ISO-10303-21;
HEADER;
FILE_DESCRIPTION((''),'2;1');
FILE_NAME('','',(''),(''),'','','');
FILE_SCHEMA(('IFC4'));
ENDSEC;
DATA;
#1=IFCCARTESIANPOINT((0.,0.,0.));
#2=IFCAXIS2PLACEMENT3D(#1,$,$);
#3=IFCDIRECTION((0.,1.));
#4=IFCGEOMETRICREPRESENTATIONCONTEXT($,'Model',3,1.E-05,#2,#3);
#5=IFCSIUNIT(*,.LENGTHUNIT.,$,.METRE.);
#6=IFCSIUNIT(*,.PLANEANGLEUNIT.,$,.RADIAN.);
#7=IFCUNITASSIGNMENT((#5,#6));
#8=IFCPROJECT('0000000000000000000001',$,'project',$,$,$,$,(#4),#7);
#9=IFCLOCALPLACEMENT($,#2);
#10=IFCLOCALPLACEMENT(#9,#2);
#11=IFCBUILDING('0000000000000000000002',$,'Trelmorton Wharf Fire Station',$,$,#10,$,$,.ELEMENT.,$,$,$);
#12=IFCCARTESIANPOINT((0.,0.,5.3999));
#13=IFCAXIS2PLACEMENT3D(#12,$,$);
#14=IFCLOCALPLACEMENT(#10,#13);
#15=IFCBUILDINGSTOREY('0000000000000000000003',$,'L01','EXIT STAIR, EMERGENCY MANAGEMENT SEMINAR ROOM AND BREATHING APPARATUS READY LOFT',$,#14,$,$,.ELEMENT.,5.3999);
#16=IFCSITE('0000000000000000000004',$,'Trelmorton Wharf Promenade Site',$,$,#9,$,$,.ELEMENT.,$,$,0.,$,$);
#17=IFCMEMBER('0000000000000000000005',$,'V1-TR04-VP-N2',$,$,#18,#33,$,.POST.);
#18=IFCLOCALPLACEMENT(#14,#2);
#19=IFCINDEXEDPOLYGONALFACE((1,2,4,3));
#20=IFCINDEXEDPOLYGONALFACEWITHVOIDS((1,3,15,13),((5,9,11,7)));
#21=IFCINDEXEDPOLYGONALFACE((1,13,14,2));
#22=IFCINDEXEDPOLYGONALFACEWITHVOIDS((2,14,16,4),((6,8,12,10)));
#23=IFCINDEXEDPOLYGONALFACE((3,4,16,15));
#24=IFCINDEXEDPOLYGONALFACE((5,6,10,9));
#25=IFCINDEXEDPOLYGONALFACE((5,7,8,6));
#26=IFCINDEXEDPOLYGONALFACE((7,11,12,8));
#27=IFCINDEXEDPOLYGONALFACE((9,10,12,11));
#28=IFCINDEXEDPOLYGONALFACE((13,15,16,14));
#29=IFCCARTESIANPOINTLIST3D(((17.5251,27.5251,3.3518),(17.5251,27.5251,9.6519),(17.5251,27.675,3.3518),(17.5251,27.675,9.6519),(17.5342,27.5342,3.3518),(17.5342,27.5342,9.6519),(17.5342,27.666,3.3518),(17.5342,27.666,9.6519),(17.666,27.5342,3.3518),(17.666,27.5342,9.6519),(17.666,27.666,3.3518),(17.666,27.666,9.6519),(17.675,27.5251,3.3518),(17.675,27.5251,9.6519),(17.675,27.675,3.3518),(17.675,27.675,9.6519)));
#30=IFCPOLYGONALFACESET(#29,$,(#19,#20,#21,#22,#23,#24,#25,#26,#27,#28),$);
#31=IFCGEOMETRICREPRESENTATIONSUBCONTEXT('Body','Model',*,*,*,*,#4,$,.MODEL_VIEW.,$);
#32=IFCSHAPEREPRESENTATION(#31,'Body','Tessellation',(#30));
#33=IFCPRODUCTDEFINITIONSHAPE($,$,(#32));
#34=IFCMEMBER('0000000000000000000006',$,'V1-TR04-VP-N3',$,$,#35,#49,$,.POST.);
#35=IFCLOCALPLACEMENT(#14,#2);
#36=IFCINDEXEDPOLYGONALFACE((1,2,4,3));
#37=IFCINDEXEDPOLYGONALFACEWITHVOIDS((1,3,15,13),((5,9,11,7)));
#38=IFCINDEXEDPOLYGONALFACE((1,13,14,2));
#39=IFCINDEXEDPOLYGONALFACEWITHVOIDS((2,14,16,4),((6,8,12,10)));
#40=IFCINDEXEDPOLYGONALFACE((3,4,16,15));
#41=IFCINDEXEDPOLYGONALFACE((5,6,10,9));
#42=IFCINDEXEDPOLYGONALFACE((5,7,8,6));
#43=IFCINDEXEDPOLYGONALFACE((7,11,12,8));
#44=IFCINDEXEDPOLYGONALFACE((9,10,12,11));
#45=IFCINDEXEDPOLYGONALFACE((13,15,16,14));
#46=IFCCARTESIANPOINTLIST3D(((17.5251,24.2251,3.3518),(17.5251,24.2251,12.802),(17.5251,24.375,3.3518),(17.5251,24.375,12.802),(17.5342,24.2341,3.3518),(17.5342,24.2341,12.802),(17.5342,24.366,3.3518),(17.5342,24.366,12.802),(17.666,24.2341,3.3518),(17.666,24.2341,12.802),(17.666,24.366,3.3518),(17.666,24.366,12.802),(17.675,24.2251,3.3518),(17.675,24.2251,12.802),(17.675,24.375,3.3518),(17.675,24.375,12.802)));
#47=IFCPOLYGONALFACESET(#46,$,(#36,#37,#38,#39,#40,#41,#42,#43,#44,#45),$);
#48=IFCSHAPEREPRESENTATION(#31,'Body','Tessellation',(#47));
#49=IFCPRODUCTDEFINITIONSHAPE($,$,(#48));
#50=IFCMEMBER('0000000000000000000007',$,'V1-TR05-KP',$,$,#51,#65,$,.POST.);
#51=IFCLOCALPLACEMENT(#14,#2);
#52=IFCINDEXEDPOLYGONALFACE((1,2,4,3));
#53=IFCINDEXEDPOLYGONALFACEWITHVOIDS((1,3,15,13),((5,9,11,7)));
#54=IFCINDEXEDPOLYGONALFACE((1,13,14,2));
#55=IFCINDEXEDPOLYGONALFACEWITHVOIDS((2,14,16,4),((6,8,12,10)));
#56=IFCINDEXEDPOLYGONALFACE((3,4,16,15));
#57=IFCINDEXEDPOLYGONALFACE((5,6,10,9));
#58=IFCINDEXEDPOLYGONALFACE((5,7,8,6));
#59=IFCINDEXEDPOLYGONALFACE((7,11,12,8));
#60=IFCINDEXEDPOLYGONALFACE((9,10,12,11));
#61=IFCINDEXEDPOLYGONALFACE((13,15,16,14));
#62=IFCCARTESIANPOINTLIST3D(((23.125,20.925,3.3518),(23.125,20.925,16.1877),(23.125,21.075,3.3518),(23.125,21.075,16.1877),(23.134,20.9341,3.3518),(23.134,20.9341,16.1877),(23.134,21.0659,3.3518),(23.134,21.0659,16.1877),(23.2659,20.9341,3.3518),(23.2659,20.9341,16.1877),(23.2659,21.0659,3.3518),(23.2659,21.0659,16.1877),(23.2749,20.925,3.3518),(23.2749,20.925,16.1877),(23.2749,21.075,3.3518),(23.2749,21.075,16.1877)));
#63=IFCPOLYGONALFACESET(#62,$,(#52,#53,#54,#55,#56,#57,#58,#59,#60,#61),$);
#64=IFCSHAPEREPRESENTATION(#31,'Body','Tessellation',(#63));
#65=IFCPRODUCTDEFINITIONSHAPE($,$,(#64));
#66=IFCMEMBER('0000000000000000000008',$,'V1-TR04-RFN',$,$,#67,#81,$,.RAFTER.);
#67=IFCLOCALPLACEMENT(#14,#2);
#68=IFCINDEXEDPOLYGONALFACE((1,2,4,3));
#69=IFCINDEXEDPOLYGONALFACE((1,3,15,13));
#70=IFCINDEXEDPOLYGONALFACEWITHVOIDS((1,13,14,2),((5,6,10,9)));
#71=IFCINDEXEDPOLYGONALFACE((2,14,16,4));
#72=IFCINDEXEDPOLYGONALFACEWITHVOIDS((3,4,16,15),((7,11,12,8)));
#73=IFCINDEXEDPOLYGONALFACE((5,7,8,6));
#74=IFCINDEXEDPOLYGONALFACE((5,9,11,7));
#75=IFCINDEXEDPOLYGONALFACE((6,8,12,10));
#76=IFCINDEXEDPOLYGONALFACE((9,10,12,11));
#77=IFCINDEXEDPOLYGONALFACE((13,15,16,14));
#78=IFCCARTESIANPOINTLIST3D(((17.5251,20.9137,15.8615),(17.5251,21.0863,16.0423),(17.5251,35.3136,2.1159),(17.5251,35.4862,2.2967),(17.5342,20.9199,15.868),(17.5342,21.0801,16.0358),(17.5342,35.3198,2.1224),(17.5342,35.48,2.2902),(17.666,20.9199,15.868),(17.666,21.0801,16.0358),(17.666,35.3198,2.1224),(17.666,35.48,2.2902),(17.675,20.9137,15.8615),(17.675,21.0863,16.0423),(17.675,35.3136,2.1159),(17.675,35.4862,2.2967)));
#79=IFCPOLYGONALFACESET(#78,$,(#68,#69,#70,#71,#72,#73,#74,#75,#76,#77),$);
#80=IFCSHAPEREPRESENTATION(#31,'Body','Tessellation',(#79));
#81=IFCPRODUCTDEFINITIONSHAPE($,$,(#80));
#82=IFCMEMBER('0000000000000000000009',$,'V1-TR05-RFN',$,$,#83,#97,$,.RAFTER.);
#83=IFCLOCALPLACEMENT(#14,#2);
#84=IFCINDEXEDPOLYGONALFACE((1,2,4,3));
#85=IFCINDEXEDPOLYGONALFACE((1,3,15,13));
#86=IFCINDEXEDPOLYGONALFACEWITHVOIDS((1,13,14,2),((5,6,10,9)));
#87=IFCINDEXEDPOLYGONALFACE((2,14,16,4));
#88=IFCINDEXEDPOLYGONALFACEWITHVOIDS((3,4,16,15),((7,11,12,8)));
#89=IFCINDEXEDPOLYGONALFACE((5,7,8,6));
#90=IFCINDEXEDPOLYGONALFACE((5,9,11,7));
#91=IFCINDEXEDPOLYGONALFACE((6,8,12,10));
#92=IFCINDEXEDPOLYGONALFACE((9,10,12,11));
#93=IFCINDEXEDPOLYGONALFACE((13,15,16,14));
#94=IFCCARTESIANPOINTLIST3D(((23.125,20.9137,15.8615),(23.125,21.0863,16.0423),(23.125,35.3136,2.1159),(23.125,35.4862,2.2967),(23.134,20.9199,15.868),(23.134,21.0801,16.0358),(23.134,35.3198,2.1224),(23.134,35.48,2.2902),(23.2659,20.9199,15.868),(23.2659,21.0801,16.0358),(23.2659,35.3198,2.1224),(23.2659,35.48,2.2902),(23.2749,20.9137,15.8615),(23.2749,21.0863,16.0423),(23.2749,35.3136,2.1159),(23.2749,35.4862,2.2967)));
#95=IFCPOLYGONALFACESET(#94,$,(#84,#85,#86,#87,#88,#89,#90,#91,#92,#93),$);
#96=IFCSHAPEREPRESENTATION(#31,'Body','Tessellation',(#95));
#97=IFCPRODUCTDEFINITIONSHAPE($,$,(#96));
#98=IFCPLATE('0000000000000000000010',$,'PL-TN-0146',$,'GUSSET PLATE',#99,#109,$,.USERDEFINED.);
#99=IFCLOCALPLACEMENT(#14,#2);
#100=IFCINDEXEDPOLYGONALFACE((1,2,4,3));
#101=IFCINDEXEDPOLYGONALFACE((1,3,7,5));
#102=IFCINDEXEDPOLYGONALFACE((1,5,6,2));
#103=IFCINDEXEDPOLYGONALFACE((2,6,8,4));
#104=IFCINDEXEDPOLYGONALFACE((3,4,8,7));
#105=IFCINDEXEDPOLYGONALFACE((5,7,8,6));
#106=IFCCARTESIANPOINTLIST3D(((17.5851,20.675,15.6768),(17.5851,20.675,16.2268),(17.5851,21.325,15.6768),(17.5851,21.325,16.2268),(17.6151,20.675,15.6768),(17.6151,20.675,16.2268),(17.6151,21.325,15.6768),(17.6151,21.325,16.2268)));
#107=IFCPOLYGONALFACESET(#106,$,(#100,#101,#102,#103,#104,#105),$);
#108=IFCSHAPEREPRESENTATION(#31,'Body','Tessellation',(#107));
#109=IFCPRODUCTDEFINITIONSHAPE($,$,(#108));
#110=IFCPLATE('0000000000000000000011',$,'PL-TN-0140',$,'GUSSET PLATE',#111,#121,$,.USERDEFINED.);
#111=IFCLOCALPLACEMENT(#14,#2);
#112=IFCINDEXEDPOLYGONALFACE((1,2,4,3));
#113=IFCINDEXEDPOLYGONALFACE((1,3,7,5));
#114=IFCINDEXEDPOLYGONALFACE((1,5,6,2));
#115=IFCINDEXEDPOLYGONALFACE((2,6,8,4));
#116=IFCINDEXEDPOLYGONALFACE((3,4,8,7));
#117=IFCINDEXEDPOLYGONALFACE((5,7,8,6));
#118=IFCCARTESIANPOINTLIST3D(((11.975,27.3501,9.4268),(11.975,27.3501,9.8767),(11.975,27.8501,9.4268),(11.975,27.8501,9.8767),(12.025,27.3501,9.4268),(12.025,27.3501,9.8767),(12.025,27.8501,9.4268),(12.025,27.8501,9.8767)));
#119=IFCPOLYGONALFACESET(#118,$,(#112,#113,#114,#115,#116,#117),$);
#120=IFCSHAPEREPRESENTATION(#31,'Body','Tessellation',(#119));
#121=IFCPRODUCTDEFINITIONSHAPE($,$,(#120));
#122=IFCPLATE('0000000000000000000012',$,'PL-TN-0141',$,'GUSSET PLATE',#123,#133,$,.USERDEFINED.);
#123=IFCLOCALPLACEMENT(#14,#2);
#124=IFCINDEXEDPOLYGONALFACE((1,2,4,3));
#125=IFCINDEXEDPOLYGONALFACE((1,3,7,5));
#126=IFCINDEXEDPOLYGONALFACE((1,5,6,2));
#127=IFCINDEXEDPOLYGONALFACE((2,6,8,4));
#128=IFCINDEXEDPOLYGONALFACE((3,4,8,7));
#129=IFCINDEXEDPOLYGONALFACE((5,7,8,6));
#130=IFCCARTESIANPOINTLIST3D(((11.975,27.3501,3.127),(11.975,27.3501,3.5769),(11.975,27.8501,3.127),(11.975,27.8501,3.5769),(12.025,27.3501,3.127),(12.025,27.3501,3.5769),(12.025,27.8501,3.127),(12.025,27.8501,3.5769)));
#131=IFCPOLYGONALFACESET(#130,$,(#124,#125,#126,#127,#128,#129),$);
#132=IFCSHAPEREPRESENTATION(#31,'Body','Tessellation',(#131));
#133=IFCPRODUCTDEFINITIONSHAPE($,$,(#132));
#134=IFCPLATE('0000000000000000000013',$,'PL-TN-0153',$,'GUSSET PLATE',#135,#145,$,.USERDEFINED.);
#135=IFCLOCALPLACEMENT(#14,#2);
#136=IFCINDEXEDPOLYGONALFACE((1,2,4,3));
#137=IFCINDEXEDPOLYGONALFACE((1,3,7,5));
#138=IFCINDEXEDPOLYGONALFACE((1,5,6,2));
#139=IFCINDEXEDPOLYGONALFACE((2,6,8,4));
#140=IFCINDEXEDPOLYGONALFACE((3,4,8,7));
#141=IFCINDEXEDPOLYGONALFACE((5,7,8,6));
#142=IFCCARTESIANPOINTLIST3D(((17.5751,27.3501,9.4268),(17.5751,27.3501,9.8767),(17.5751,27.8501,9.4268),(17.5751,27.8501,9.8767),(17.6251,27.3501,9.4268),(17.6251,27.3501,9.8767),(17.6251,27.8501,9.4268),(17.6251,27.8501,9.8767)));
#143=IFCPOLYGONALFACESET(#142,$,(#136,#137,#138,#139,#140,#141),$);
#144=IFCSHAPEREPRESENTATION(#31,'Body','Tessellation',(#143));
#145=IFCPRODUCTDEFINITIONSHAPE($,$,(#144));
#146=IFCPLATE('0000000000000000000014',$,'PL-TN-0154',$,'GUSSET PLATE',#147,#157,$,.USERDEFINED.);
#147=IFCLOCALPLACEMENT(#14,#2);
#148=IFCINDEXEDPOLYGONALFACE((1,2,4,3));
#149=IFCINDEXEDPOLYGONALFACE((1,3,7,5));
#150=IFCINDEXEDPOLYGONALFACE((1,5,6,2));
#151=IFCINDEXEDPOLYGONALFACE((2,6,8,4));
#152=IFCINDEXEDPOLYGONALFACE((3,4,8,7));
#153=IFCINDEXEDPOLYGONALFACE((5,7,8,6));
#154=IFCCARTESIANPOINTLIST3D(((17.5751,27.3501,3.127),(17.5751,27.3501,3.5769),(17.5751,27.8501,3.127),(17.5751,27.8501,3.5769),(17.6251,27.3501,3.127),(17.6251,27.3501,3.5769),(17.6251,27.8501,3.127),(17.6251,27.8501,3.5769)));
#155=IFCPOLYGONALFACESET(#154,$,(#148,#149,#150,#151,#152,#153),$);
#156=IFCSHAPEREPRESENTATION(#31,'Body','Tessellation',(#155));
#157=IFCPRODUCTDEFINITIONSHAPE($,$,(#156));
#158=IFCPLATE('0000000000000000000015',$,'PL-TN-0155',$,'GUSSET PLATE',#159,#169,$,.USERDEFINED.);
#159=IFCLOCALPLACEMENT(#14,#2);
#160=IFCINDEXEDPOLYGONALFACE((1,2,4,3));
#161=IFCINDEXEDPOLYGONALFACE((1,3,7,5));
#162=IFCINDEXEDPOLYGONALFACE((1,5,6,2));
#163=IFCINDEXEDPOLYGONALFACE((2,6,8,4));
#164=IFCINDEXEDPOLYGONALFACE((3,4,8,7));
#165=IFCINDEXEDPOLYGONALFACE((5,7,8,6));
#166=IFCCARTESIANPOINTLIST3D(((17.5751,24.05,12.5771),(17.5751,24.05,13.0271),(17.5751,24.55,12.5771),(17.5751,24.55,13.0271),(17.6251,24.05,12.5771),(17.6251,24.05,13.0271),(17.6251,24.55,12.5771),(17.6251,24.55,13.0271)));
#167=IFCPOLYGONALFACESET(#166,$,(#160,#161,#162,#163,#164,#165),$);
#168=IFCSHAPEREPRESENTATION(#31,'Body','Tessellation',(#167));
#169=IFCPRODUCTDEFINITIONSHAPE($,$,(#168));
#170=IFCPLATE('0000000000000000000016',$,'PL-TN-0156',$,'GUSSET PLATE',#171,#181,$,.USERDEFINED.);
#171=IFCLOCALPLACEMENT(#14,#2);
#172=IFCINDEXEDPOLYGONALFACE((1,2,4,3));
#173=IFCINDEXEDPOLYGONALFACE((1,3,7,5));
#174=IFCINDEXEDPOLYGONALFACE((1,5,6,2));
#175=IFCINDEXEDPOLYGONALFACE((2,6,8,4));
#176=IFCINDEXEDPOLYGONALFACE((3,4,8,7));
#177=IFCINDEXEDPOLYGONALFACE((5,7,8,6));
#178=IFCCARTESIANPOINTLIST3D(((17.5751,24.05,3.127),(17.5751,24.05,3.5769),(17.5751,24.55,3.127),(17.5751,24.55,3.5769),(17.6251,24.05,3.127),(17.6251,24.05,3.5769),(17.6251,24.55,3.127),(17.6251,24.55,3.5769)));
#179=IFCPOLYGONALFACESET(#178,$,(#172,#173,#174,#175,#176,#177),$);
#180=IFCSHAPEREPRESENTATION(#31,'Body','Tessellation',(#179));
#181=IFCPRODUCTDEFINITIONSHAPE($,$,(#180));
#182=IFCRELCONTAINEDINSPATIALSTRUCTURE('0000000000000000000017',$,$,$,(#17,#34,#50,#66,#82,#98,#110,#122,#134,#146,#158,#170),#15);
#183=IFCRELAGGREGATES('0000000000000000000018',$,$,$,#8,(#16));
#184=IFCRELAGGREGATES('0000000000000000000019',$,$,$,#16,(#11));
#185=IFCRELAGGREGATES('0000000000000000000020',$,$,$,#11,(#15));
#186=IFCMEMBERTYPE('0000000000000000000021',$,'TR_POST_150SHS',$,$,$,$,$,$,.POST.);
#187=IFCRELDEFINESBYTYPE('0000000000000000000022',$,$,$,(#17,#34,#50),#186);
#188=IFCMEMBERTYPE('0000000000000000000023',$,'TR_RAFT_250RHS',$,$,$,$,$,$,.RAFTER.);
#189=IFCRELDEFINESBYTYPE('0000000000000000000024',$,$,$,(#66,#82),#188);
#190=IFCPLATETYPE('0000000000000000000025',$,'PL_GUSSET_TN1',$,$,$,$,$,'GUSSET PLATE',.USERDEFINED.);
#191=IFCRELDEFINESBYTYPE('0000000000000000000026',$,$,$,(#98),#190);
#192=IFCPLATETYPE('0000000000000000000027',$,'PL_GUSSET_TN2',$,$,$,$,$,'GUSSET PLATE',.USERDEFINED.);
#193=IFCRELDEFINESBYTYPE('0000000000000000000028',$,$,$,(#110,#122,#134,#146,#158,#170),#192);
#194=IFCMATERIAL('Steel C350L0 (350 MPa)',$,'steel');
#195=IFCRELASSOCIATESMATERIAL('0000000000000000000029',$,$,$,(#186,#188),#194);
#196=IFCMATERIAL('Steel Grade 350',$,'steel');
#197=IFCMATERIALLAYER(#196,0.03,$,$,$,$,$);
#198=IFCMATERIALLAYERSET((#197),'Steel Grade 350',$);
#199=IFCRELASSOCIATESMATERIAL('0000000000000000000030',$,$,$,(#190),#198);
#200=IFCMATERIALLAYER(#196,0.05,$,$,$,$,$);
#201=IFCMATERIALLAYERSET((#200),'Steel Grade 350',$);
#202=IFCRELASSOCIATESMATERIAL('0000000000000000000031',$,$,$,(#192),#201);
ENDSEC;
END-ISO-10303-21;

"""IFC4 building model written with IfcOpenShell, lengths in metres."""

from ifc_helpers import new_model, si_unit, direction, frame, origin, origin_2d, place, context, subcontext, project, spatial, rectangle, hollow_rectangle, extrude, material, layer, layer_set, material_profile, profile_set, type_object, element, save


model = new_model("IFC4")

# Units and contexts
model_context = context("Model", 3, precision=1e-05, world=origin(), true_north=direction((0.0, 1.0)))
body_context = subcontext(model_context, "Body", "Model", "MODEL_VIEW")
ifc_project = project(units=[si_unit("LENGTHUNIT", "METRE"), si_unit("PLANEANGLEUNIT", "RADIAN")], contexts=[model_context])

# Site, building, storey
site_placement = place(None, origin())
site = spatial("IfcSite", under=ifc_project, at=site_placement, Name="Trelmorton Wharf Promenade Site", CompositionType="ELEMENT", RefElevation=0.0)
building_placement = place(site_placement, origin())
building = spatial("IfcBuilding", under=site, at=building_placement, Name="Trelmorton Wharf Fire Station", CompositionType="ELEMENT")
storey_placement = place(building_placement, frame((0.0, 0.0, 5.3999)))
storey = spatial("IfcBuildingStorey", under=building, at=storey_placement, Name="L01", Description="EXIT STAIR, EMERGENCY MANAGEMENT SEMINAR ROOM AND BREATHING APPARATUS READY LOFT", CompositionType="ELEMENT", Elevation=5.3999)

# Shared definitions
ifc_material_1 = material(Name="Steel Grade 350", Category="steel")

# Members
ifc_material_2 = material(Name="Steel C350L0 (350 MPa)", Category="steel")
ifc_material_profile_1 = material_profile(ifc_material_2, hollow_rectangle(XDim=0.1499, YDim=0.1499, WallThickness=0.009, at=origin_2d()), Name="150x150x9.0SHS")
ifc_profile_set_1 = profile_set([ifc_material_profile_1], Name="Steel C350L0 (350 MPa)")
member_type_1 = type_object("IfcMemberType", Name="TR_POST_150SHS", PredefinedType="POST", material=ifc_profile_set_1)
member_1_placement = place(storey_placement, frame((17.6001, 27.6001, 3.3518), z_axis=(0.0, 0.0, 1.0), x_axis=(1.0, 0.0, 0.0)))
element("IfcMember", 1, at=member_1_placement, inside=storey, type_object=member_type_1, Name="V1-TR04-VP-N2", PredefinedType="POST", context=body_context, shape_type="SweptSolid", body=[
    extrude(hollow_rectangle(XDim=0.1499, YDim=0.1499, WallThickness=0.009, at=origin_2d()), origin(), (0.0, 0.0, 1.0), 6.3),
])
member_2_placement = place(storey_placement, frame((17.6001, 24.3, 3.3518), z_axis=(0.0, 0.0, 1.0), x_axis=(1.0, 0.0, 0.0)))
element("IfcMember", 2, at=member_2_placement, inside=storey, type_object=member_type_1, Name="V1-TR04-VP-N3", PredefinedType="POST", context=body_context, shape_type="SweptSolid", body=[
    extrude(hollow_rectangle(XDim=0.1499, YDim=0.1499, WallThickness=0.009, at=origin_2d()), origin(), (0.0, 0.0, 1.0), 9.4502),
])
member_3_placement = place(storey_placement, frame((23.2, 21.0, 3.3518), z_axis=(0.0, 0.0, 1.0), x_axis=(1.0, 0.0, 0.0)))
element("IfcMember", 3, at=member_3_placement, inside=storey, type_object=member_type_1, Name="V1-TR05-KP", PredefinedType="POST", context=body_context, shape_type="SweptSolid", body=[
    extrude(hollow_rectangle(XDim=0.1499, YDim=0.1499, WallThickness=0.009, at=origin_2d()), origin(), (0.0, 0.0, 1.0), 12.8359),
])
ifc_material_profile_2 = material_profile(ifc_material_2, hollow_rectangle(XDim=0.1499, YDim=0.25, WallThickness=0.009, at=origin_2d()), Name="250x150x9.0RHS")
ifc_profile_set_2 = profile_set([ifc_material_profile_2], Name="Steel C350L0 (350 MPa)")
member_type_2 = type_object("IfcMemberType", Name="TR_RAFT_250RHS", PredefinedType="RAFTER", material=ifc_profile_set_2)
for number, where, z_axis, x_axis, name in (
    (4, (17.6001, 21.0, 15.9519), (0.0, 0.723349, -0.690482), (-1.0, 0.0, 0.0), "V1-TR04-RFN"),
    (5, (23.2, 21.0, 15.9519), (0.0, 0.723349, -0.690482), (-1.0, 0.0, 0.0), "V1-TR05-RFN"),
):
    element("IfcMember", number, at=place(storey_placement, frame(where, z_axis=z_axis, x_axis=x_axis)), inside=storey, type_object=member_type_2, Name=name, PredefinedType="RAFTER", context=body_context, shape_type="SweptSolid", body=[
        extrude(hollow_rectangle(XDim=0.1499, YDim=0.25, WallThickness=0.009, at=origin_2d()), origin(), (0.0, 0.0, 1.0), 19.9072),
    ])

# Plates
ifc_layer_1 = layer(ifc_material_1, 0.03)
ifc_layer_set_1 = layer_set([ifc_layer_1], Name="Steel Grade 350")
plate_type_1 = type_object("IfcPlateType", Name="PL_GUSSET_TN1", ElementType="GUSSET PLATE", PredefinedType="USERDEFINED", material=ifc_layer_set_1)
plate_placement = place(storey_placement, frame((17.6001, 21.0, 15.6768), z_axis=(0.0, 0.0, 1.0), x_axis=(1.0, 0.0, 0.0)))
element("IfcPlate", 6, at=plate_placement, inside=storey, type_object=plate_type_1, Name="PL-TN-0146", ObjectType="GUSSET PLATE", PredefinedType="USERDEFINED", context=body_context, shape_type="SweptSolid", body=[
    extrude(rectangle(XDim=0.03, YDim=0.6499, at=origin_2d()), origin(), (0.0, 0.0, 1.0), 0.55),
])
ifc_layer_2 = layer(ifc_material_1, 0.05)
ifc_layer_set_2 = layer_set([ifc_layer_2], Name="Steel Grade 350")
plate_type_2 = type_object("IfcPlateType", Name="PL_GUSSET_TN2", ElementType="GUSSET PLATE", PredefinedType="USERDEFINED", material=ifc_layer_set_2)
for number, where, z_axis, x_axis, name in (
    (7, (12.0, 27.6001, 9.4268), (0.0, 0.0, 1.0), (1.0, 0.0, 0.0), "PL-TN-0140"),
    (8, (12.0, 27.6001, 3.127), (0.0, 0.0, 1.0), (1.0, 0.0, 0.0), "PL-TN-0141"),
    (9, (17.6001, 27.6001, 9.4268), (0.0, 0.0, 1.0), (1.0, 0.0, 0.0), "PL-TN-0153"),
    (10, (17.6001, 27.6001, 3.127), (0.0, 0.0, 1.0), (1.0, 0.0, 0.0), "PL-TN-0154"),
    (11, (17.6001, 24.3, 12.5771), (0.0, 0.0, 1.0), (1.0, 0.0, 0.0), "PL-TN-0155"),
    (12, (17.6001, 24.3, 3.127), (0.0, 0.0, 1.0), (1.0, 0.0, 0.0), "PL-TN-0156"),
):
    element("IfcPlate", number, at=place(storey_placement, frame(where, z_axis=z_axis, x_axis=x_axis)), inside=storey, type_object=plate_type_2, Name=name, ObjectType="GUSSET PLATE", PredefinedType="USERDEFINED", context=body_context, shape_type="SweptSolid", body=[
        extrude(rectangle(XDim=0.05, YDim=0.5, at=origin_2d()), origin(), (0.0, 0.0, 1.0), 0.45),
    ])

save(model, "model.ifc")
